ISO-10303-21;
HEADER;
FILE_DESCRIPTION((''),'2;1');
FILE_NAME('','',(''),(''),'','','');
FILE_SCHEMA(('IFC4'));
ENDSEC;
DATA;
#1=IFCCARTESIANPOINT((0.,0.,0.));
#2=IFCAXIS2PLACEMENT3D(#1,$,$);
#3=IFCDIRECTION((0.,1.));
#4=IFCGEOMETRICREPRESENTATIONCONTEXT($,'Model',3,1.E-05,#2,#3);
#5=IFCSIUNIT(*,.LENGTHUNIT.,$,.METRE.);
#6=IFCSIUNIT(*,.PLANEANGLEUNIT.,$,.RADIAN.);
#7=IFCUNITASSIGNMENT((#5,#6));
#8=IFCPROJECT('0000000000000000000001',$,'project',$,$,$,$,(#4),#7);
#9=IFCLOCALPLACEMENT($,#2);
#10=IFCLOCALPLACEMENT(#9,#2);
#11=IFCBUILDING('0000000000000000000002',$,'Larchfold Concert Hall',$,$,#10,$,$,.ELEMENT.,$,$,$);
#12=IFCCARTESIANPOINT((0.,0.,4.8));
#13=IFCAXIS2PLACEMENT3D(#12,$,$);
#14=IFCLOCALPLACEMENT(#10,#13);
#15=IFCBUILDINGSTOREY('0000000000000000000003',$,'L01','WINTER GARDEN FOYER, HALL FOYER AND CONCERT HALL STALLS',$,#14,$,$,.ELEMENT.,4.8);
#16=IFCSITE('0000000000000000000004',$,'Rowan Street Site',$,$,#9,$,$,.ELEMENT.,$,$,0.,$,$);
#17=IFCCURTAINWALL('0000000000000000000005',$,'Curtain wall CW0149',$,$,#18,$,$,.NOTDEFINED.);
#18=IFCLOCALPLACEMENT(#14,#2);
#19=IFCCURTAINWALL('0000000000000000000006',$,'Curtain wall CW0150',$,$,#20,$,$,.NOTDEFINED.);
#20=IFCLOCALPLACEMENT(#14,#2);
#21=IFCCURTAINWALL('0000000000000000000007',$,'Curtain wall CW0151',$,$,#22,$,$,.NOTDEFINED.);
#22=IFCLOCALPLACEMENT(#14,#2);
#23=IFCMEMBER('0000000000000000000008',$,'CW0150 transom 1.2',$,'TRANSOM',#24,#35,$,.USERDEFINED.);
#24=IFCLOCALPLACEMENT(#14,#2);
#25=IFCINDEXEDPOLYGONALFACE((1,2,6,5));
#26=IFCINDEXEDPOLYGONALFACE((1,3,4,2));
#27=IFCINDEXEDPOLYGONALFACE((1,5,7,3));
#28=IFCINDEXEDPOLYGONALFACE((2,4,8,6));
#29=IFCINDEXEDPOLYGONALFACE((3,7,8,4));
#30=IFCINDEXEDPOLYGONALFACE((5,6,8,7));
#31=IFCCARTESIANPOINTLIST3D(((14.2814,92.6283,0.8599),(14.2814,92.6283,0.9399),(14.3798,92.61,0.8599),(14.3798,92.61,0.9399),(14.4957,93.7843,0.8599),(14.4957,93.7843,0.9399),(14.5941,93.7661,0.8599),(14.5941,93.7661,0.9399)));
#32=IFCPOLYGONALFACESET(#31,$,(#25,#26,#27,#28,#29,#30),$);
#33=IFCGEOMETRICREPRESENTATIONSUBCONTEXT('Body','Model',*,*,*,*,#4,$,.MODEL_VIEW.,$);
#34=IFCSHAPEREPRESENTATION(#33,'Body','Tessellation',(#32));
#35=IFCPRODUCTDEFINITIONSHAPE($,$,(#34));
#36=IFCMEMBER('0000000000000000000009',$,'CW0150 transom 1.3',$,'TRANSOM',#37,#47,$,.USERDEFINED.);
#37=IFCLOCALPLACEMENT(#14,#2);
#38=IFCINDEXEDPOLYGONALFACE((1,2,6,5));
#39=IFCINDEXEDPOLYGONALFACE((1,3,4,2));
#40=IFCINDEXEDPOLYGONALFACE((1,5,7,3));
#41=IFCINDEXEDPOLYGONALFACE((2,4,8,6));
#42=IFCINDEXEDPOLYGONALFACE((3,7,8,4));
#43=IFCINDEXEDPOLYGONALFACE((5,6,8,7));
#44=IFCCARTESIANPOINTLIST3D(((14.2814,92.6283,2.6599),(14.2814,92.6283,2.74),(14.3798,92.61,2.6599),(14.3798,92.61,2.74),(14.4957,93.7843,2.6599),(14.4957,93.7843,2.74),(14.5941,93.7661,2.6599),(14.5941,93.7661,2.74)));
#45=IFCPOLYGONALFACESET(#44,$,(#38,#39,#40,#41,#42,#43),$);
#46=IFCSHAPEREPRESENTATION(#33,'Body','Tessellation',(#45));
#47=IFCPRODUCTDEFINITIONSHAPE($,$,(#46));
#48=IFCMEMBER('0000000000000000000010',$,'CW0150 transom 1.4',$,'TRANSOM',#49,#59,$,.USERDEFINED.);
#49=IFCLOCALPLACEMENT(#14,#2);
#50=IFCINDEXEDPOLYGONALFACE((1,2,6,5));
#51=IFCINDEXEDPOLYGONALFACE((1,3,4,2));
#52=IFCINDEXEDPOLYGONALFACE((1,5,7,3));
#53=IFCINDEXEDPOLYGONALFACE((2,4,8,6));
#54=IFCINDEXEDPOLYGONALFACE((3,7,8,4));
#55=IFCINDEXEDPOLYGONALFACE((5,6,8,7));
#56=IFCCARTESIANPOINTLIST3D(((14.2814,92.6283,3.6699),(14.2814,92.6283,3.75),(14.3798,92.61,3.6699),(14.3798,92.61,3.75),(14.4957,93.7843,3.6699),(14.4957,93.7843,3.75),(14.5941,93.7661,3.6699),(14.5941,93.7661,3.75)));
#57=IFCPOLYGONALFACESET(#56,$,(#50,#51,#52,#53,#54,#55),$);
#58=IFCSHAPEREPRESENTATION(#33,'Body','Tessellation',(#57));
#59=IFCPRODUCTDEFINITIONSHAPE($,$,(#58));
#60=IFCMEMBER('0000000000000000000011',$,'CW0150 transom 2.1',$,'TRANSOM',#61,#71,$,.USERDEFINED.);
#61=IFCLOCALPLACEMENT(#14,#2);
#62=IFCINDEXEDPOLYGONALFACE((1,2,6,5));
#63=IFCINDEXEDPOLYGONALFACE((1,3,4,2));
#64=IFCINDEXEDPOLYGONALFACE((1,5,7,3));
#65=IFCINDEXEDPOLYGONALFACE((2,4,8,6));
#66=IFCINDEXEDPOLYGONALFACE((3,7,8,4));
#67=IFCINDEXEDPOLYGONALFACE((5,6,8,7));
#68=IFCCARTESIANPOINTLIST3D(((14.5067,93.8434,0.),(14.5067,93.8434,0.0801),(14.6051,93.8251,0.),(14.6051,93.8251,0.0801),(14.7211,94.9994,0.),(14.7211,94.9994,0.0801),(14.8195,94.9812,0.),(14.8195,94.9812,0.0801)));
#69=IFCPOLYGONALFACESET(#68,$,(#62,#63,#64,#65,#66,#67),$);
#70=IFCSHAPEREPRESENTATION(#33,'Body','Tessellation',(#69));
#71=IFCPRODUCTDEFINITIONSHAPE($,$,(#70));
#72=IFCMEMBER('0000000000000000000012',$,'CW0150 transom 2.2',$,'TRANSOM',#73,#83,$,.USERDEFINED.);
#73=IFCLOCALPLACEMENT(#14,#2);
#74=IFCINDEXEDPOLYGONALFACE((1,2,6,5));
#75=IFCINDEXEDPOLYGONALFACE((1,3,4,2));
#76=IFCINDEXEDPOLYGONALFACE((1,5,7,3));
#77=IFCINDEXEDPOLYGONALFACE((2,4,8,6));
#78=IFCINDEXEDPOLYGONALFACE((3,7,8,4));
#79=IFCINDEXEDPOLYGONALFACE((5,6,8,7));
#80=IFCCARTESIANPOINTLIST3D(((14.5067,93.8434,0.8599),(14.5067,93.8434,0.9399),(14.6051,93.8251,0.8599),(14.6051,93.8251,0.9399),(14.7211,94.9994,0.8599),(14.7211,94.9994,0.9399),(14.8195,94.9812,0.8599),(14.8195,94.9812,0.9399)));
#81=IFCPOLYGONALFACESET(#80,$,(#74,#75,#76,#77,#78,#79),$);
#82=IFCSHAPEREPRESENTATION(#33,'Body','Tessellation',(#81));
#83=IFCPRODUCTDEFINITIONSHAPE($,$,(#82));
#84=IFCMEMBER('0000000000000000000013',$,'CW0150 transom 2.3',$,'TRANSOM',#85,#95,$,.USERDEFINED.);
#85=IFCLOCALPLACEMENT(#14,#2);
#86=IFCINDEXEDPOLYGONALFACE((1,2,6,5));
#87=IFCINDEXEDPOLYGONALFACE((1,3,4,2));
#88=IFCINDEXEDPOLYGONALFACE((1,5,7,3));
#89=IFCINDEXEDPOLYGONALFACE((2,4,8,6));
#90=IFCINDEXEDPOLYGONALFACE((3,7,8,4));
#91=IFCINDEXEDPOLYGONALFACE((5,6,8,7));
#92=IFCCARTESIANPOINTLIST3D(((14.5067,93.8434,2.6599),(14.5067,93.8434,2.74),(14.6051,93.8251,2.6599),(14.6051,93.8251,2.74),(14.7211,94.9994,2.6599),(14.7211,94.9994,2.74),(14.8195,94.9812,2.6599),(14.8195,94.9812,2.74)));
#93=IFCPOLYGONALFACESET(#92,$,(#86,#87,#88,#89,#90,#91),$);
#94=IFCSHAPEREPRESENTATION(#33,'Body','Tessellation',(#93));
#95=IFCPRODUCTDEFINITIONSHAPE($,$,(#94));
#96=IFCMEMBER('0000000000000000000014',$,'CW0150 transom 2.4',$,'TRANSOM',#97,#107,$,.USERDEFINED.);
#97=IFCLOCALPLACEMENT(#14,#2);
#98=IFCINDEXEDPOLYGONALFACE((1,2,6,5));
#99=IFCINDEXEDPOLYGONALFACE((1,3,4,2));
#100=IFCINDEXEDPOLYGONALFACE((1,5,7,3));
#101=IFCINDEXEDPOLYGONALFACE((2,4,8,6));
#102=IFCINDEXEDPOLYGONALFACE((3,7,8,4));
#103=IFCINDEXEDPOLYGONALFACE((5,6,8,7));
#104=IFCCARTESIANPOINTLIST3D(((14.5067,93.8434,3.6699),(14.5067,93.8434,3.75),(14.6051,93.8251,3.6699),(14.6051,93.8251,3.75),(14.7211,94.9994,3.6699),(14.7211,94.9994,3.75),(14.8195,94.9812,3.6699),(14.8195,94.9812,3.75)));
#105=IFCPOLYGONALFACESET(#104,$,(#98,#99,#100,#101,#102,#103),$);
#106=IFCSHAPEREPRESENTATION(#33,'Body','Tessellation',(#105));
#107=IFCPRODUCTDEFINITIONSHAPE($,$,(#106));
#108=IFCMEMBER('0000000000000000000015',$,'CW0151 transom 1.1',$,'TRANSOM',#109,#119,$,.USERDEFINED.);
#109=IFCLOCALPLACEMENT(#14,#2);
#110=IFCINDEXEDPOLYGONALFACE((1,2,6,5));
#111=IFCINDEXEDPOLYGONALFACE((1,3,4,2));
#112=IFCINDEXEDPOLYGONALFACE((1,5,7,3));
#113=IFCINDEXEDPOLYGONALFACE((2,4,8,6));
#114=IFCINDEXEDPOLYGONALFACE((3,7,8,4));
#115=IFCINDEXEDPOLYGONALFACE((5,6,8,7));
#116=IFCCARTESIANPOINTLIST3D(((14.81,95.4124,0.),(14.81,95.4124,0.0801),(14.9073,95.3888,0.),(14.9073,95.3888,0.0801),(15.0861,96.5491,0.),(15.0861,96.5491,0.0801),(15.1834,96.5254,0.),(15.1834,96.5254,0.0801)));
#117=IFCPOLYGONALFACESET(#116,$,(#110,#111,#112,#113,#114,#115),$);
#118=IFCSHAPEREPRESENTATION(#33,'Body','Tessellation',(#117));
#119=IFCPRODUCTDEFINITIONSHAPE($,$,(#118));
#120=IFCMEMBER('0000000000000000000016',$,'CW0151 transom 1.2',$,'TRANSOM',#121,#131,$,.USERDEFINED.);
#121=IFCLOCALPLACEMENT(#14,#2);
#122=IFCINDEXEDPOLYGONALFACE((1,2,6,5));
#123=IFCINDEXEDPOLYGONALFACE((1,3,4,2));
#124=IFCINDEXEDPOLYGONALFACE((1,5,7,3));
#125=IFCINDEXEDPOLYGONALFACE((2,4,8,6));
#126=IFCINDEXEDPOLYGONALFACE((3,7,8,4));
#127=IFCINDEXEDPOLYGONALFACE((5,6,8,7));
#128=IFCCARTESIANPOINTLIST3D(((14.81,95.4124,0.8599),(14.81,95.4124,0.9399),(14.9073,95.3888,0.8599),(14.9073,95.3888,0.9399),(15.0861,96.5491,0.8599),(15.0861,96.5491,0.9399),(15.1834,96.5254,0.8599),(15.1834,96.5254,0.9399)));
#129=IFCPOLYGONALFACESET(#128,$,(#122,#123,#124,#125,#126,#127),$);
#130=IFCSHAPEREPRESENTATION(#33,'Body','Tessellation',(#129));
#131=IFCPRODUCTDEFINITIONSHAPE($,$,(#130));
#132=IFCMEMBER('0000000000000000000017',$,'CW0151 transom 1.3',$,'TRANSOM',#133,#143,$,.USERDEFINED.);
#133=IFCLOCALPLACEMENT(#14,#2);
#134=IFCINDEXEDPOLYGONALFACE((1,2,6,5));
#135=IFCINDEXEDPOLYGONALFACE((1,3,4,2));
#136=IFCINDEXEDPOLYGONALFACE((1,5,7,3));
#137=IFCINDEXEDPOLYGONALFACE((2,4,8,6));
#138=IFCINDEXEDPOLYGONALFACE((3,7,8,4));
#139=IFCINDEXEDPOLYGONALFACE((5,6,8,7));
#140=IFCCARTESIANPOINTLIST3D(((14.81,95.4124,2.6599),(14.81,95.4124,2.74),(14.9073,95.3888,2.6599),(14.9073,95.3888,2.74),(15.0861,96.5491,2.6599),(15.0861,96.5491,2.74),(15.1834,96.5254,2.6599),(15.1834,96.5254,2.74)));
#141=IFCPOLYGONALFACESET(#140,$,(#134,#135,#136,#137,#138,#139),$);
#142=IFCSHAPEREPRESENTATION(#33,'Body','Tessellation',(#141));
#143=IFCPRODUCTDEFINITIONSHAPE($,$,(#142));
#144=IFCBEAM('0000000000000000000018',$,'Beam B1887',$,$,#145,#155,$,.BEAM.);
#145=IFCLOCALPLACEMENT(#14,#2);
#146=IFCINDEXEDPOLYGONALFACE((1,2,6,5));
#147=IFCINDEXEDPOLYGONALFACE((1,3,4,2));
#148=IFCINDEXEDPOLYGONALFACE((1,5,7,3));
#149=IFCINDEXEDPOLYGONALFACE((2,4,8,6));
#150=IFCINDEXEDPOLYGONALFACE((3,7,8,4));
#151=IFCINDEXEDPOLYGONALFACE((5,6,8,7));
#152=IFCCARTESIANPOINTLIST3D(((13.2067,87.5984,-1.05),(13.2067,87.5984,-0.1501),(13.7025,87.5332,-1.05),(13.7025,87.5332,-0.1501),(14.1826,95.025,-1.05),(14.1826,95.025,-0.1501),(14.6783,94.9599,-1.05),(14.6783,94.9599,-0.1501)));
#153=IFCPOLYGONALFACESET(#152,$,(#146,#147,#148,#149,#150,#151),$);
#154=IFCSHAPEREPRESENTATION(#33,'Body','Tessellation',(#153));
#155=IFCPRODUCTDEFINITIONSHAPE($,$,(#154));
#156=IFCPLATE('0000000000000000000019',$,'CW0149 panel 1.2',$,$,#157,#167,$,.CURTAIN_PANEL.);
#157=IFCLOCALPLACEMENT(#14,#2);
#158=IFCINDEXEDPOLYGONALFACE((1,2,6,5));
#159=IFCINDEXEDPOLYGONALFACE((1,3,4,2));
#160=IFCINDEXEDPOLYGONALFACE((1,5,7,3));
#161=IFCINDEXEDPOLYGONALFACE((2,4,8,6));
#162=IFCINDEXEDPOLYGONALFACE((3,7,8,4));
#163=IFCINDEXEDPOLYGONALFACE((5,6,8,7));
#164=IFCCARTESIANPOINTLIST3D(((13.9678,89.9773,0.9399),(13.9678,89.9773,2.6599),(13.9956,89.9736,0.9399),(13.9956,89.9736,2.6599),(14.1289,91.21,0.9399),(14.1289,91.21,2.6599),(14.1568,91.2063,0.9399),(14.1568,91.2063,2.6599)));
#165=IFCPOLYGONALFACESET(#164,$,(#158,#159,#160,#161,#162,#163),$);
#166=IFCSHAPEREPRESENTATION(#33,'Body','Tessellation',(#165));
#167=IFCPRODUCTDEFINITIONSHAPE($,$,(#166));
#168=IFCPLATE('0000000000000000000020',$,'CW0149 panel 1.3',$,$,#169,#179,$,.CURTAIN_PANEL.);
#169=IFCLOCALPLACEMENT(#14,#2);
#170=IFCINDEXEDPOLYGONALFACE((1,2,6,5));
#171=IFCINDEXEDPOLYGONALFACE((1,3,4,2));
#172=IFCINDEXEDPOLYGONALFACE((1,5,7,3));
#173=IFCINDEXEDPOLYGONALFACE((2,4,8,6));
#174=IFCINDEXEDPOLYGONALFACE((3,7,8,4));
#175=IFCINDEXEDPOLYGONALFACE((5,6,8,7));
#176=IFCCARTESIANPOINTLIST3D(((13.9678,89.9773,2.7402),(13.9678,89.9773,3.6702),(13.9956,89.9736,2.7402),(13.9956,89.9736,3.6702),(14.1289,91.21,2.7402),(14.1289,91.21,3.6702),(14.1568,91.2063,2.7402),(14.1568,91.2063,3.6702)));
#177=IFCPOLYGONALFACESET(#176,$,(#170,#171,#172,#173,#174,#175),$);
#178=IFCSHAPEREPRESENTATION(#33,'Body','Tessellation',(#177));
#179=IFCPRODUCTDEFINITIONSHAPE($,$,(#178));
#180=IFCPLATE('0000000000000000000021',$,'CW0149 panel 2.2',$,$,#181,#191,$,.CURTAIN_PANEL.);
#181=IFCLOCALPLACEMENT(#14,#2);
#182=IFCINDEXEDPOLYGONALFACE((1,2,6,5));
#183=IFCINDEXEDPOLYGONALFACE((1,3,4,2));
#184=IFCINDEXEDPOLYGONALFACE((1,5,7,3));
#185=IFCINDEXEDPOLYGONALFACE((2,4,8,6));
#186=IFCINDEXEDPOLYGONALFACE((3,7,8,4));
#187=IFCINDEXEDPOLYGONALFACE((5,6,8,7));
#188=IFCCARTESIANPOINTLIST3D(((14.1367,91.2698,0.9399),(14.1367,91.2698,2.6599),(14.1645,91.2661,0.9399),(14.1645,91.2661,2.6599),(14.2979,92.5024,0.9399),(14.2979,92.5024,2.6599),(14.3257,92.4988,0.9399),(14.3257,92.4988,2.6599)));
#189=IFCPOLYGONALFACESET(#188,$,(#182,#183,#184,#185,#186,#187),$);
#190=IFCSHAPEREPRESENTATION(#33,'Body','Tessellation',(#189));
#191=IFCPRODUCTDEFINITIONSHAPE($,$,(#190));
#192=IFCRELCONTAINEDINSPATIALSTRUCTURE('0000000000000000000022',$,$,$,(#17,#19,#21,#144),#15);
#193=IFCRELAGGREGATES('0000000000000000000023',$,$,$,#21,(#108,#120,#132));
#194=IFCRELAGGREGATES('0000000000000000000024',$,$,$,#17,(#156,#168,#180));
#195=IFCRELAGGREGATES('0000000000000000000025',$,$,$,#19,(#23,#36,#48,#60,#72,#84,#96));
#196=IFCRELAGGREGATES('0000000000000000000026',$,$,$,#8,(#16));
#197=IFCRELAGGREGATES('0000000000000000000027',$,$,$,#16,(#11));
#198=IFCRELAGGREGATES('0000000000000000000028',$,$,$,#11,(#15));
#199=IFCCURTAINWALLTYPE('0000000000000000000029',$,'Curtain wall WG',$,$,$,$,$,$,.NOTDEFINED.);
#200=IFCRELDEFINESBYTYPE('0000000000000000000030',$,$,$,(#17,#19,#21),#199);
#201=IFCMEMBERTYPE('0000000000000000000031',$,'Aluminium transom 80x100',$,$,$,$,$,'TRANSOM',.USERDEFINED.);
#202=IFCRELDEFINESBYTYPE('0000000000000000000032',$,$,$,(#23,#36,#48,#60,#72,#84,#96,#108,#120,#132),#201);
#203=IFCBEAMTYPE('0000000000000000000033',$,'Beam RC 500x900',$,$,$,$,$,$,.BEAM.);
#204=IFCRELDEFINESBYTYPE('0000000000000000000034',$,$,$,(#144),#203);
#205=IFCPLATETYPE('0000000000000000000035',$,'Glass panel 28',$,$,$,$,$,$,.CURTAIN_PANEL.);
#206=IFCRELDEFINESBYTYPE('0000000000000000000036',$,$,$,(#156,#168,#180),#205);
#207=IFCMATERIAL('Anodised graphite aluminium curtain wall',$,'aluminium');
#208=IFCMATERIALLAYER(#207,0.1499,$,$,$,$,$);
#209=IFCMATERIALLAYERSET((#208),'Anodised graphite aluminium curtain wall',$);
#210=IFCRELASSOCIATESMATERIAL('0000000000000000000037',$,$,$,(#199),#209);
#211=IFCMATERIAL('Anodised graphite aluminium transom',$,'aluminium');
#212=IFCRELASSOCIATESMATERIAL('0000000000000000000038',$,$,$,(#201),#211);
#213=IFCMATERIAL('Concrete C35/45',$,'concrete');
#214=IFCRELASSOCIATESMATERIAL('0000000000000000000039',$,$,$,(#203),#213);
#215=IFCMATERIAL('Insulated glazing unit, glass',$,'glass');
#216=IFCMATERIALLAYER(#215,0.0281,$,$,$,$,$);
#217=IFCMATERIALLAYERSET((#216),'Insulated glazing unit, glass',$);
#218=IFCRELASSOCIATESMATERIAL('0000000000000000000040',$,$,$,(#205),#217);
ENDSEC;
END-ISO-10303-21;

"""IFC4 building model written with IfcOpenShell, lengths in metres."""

from ifc_helpers import new_model, si_unit, direction, frame, origin, origin_2d, place, context, subcontext, project, spatial, rectangle, extrude, material, layer, layer_set, material_profile, profile_set, type_object, element, aggregate, save


model = new_model("IFC4")

# Units and contexts
model_context = context("Model", 3, precision=1e-05, world=origin(), true_north=direction((0.0, 1.0)))
body_context = subcontext(model_context, "Body", "Model", "MODEL_VIEW")
ifc_project = project(units=[si_unit("LENGTHUNIT", "METRE"), si_unit("PLANEANGLEUNIT", "RADIAN")], contexts=[model_context])

# Site, building, storey
site_placement = place(None, origin())
site = spatial("IfcSite", under=ifc_project, at=site_placement, Name="Rowan Street Site", CompositionType="ELEMENT", RefElevation=0.0)
building_placement = place(site_placement, origin())
building = spatial("IfcBuilding", under=site, at=building_placement, Name="Larchfold Concert Hall", CompositionType="ELEMENT")
storey_placement = place(building_placement, frame((0.0, 0.0, 4.8)))
storey = spatial("IfcBuildingStorey", under=building, at=storey_placement, Name="L01", Description="WINTER GARDEN FOYER, HALL FOYER AND CONCERT HALL STALLS", CompositionType="ELEMENT", Elevation=4.8)

# Curtain walls
ifc_material_1 = material(Name="Anodised graphite aluminium curtain wall", Category="aluminium")
ifc_layer_1 = layer(ifc_material_1, 0.1499)
ifc_layer_set_1 = layer_set([ifc_layer_1], Name="Anodised graphite aluminium curtain wall")
curtain_wall_type = type_object("IfcCurtainWallType", Name="Curtain wall WG", PredefinedType="NOTDEFINED", material=ifc_layer_set_1)
curtain_wall_1_placement = place(storey_placement, origin())
curtain_wall_1 = element("IfcCurtainWall", 1, at=curtain_wall_1_placement, inside=storey, type_object=curtain_wall_type, Name="Curtain wall CW0149", PredefinedType="NOTDEFINED")
curtain_wall_2_placement = place(storey_placement, origin())
curtain_wall_2 = element("IfcCurtainWall", 2, at=curtain_wall_2_placement, inside=storey, type_object=curtain_wall_type, Name="Curtain wall CW0150", PredefinedType="NOTDEFINED")

# Curtain wall
curtain_wall_3_placement = place(storey_placement, origin())
curtain_wall_3 = element("IfcCurtainWall", 3, at=curtain_wall_3_placement, inside=storey, type_object=curtain_wall_type, Name="Curtain wall CW0151", PredefinedType="NOTDEFINED")

# Members
ifc_material_2 = material(Name="Anodised graphite aluminium transom", Category="aluminium")
ifc_material_profile_1 = material_profile(ifc_material_2, rectangle(XDim=0.1001, YDim=0.0801, at=origin_2d()))
ifc_profile_set_1 = profile_set([ifc_material_profile_1], Name="Anodised graphite aluminium transom")
member_type_1 = type_object("IfcMemberType", Name="Aluminium transom 80x100", ElementType="TRANSOM", PredefinedType="USERDEFINED", material=ifc_profile_set_1)
member_1_placement = place(storey_placement, frame((14.3306, 92.6191, 0.8999), z_axis=(0.18232, 0.983239, 0.0), x_axis=(-0.983239, 0.18232, 0.0)))
member_1 = element("IfcMember", 4, at=member_1_placement, type_object=member_type_1, Name="CW0150 transom 1.2", ObjectType="TRANSOM", PredefinedType="USERDEFINED", context=body_context, shape_type="SweptSolid", body=[
    extrude(rectangle(XDim=0.1001, YDim=0.0801, at=origin_2d()), origin(), (0.0, 0.0, 1.0), 1.1758),
])
member_2_placement = place(storey_placement, frame((14.3306, 92.6191, 2.7), z_axis=(0.18232, 0.983239, 0.0), x_axis=(-0.983239, 0.18232, 0.0)))
member_2 = element("IfcMember", 5, at=member_2_placement, type_object=member_type_1, Name="CW0150 transom 1.3", ObjectType="TRANSOM", PredefinedType="USERDEFINED", context=body_context, shape_type="SweptSolid", body=[
    extrude(rectangle(XDim=0.1001, YDim=0.0801, at=origin_2d()), origin(), (0.0, 0.0, 1.0), 1.1758),
])
member_3_placement = place(storey_placement, frame((14.3306, 92.6191, 3.71), z_axis=(0.18232, 0.983239, 0.0), x_axis=(-0.983239, 0.18232, 0.0)))
member_3 = element("IfcMember", 6, at=member_3_placement, type_object=member_type_1, Name="CW0150 transom 1.4", ObjectType="TRANSOM", PredefinedType="USERDEFINED", context=body_context, shape_type="SweptSolid", body=[
    extrude(rectangle(XDim=0.1001, YDim=0.0801, at=origin_2d()), origin(), (0.0, 0.0, 1.0), 1.1758),
])
member_4_placement = place(storey_placement, frame((14.5559, 93.8342, 0.04), z_axis=(0.18232, 0.983239, 0.0), x_axis=(-0.983239, 0.18232, 0.0)))
member_4 = element("IfcMember", 7, at=member_4_placement, type_object=member_type_1, Name="CW0150 transom 2.1", ObjectType="TRANSOM", PredefinedType="USERDEFINED", context=body_context, shape_type="SweptSolid", body=[
    extrude(rectangle(XDim=0.1001, YDim=0.0801, at=origin_2d()), origin(), (0.0, 0.0, 1.0), 1.1758),
])
member_5_placement = place(storey_placement, frame((14.5559, 93.8342, 0.8999), z_axis=(0.18232, 0.983239, 0.0), x_axis=(-0.983239, 0.18232, 0.0)))
member_5 = element("IfcMember", 8, at=member_5_placement, type_object=member_type_1, Name="CW0150 transom 2.2", ObjectType="TRANSOM", PredefinedType="USERDEFINED", context=body_context, shape_type="SweptSolid", body=[
    extrude(rectangle(XDim=0.1001, YDim=0.0801, at=origin_2d()), origin(), (0.0, 0.0, 1.0), 1.1758),
])
member_6_placement = place(storey_placement, frame((14.5559, 93.8342, 2.7), z_axis=(0.18232, 0.983239, 0.0), x_axis=(-0.983239, 0.18232, 0.0)))
member_6 = element("IfcMember", 9, at=member_6_placement, type_object=member_type_1, Name="CW0150 transom 2.3", ObjectType="TRANSOM", PredefinedType="USERDEFINED", context=body_context, shape_type="SweptSolid", body=[
    extrude(rectangle(XDim=0.1001, YDim=0.0801, at=origin_2d()), origin(), (0.0, 0.0, 1.0), 1.1758),
])
member_7_placement = place(storey_placement, frame((14.5559, 93.8342, 3.71), z_axis=(0.18232, 0.983239, 0.0), x_axis=(-0.983239, 0.18232, 0.0)))
member_7 = element("IfcMember", 10, at=member_7_placement, type_object=member_type_1, Name="CW0150 transom 2.4", ObjectType="TRANSOM", PredefinedType="USERDEFINED", context=body_context, shape_type="SweptSolid", body=[
    extrude(rectangle(XDim=0.1001, YDim=0.0801, at=origin_2d()), origin(), (0.0, 0.0, 1.0), 1.1758),
])
member_8_placement = place(storey_placement, frame((14.8586, 95.4006, 0.04), z_axis=(0.236048, 0.971741, 0.0), x_axis=(-0.971741, 0.236048, 0.0)))
member_8 = element("IfcMember", 11, at=member_8_placement, type_object=member_type_1, Name="CW0151 transom 1.1", ObjectType="TRANSOM", PredefinedType="USERDEFINED", context=body_context, shape_type="SweptSolid", body=[
    extrude(rectangle(XDim=0.1001, YDim=0.0801, at=origin_2d()), origin(), (0.0, 0.0, 1.0), 1.1697),
])
member_9_placement = place(storey_placement, frame((14.8586, 95.4006, 0.8999), z_axis=(0.236048, 0.971741, 0.0), x_axis=(-0.971741, 0.236048, 0.0)))
member_9 = element("IfcMember", 12, at=member_9_placement, type_object=member_type_1, Name="CW0151 transom 1.2", ObjectType="TRANSOM", PredefinedType="USERDEFINED", context=body_context, shape_type="SweptSolid", body=[
    extrude(rectangle(XDim=0.1001, YDim=0.0801, at=origin_2d()), origin(), (0.0, 0.0, 1.0), 1.1697),
])
member_10_placement = place(storey_placement, frame((14.8586, 95.4006, 2.7), z_axis=(0.236048, 0.971741, 0.0), x_axis=(-0.971741, 0.236048, 0.0)))
member_10 = element("IfcMember", 13, at=member_10_placement, type_object=member_type_1, Name="CW0151 transom 1.3", ObjectType="TRANSOM", PredefinedType="USERDEFINED", context=body_context, shape_type="SweptSolid", body=[
    extrude(rectangle(XDim=0.1001, YDim=0.0801, at=origin_2d()), origin(), (0.0, 0.0, 1.0), 1.1697),
])
aggregate(curtain_wall_3, [member_8, member_9, member_10])

# Beam
ifc_material_3 = material(Name="Concrete C35/45", Category="concrete")
ifc_material_profile_2 = material_profile(ifc_material_3, rectangle(XDim=0.5, YDim=0.8999, at=origin_2d()))
ifc_profile_set_2 = profile_set([ifc_material_profile_2], Name="Concrete C35/45")
beam_type = type_object("IfcBeamType", Name="Beam RC 500x900", PredefinedType="BEAM", material=ifc_profile_set_2)
beam_placement = place(storey_placement, frame((14.4304, 94.9924, -0.6001), z_axis=(-0.130274, -0.991478, 0.0), x_axis=(0.991478, -0.130274, 0.0)))
element("IfcBeam", 14, at=beam_placement, inside=storey, type_object=beam_type, Name="Beam B1887", PredefinedType="BEAM", context=body_context, shape_type="SweptSolid", body=[
    extrude(rectangle(XDim=0.5, YDim=0.8999, at=origin_2d()), origin(), (0.0, 0.0, 1.0), 7.4905),
])

# Plates
ifc_material_4 = material(Name="Insulated glazing unit, glass", Category="glass")
ifc_layer_2 = layer(ifc_material_4, 0.0281)
ifc_layer_set_2 = layer_set([ifc_layer_2], Name="Insulated glazing unit, glass")
plate_type_1 = type_object("IfcPlateType", Name="Glass panel 28", PredefinedType="CURTAIN_PANEL", material=ifc_layer_set_2)
plate_1_placement = place(storey_placement, frame((14.0623, 90.5918, 0.9399), z_axis=(0.0, 0.0, 1.0), x_axis=(0.129644, 0.991561, 0.0)))
plate_1 = element("IfcPlate", 15, at=plate_1_placement, type_object=plate_type_1, Name="CW0149 panel 1.2", PredefinedType="CURTAIN_PANEL", context=body_context, shape_type="SweptSolid", body=[
    extrude(rectangle(XDim=1.2432, YDim=0.0281, at=origin_2d()), origin(), (0.0, 0.0, 1.0), 1.72),
])
plate_2_placement = place(storey_placement, frame((14.0623, 90.5918, 2.7402), z_axis=(0.0, 0.0, 1.0), x_axis=(0.129644, 0.991561, 0.0)))
plate_2 = element("IfcPlate", 16, at=plate_2_placement, type_object=plate_type_1, Name="CW0149 panel 1.3", PredefinedType="CURTAIN_PANEL", context=body_context, shape_type="SweptSolid", body=[
    extrude(rectangle(XDim=1.2432, YDim=0.0281, at=origin_2d()), origin(), (0.0, 0.0, 1.0), 0.9299),
])
plate_3_placement = place(storey_placement, frame((14.2312, 91.8843, 0.9399), z_axis=(0.0, 0.0, 1.0), x_axis=(0.129644, 0.991561, 0.0)))
plate_3 = element("IfcPlate", 17, at=plate_3_placement, type_object=plate_type_1, Name="CW0149 panel 2.2", PredefinedType="CURTAIN_PANEL", context=body_context, shape_type="SweptSolid", body=[
    extrude(rectangle(XDim=1.2432, YDim=0.0281, at=origin_2d()), origin(), (0.0, 0.0, 1.0), 1.72),
])
aggregate(curtain_wall_1, [plate_1, plate_2, plate_3])
aggregate(curtain_wall_2, [member_1, member_2, member_3, member_4, member_5, member_6, member_7])

save(model, "model.ifc")
